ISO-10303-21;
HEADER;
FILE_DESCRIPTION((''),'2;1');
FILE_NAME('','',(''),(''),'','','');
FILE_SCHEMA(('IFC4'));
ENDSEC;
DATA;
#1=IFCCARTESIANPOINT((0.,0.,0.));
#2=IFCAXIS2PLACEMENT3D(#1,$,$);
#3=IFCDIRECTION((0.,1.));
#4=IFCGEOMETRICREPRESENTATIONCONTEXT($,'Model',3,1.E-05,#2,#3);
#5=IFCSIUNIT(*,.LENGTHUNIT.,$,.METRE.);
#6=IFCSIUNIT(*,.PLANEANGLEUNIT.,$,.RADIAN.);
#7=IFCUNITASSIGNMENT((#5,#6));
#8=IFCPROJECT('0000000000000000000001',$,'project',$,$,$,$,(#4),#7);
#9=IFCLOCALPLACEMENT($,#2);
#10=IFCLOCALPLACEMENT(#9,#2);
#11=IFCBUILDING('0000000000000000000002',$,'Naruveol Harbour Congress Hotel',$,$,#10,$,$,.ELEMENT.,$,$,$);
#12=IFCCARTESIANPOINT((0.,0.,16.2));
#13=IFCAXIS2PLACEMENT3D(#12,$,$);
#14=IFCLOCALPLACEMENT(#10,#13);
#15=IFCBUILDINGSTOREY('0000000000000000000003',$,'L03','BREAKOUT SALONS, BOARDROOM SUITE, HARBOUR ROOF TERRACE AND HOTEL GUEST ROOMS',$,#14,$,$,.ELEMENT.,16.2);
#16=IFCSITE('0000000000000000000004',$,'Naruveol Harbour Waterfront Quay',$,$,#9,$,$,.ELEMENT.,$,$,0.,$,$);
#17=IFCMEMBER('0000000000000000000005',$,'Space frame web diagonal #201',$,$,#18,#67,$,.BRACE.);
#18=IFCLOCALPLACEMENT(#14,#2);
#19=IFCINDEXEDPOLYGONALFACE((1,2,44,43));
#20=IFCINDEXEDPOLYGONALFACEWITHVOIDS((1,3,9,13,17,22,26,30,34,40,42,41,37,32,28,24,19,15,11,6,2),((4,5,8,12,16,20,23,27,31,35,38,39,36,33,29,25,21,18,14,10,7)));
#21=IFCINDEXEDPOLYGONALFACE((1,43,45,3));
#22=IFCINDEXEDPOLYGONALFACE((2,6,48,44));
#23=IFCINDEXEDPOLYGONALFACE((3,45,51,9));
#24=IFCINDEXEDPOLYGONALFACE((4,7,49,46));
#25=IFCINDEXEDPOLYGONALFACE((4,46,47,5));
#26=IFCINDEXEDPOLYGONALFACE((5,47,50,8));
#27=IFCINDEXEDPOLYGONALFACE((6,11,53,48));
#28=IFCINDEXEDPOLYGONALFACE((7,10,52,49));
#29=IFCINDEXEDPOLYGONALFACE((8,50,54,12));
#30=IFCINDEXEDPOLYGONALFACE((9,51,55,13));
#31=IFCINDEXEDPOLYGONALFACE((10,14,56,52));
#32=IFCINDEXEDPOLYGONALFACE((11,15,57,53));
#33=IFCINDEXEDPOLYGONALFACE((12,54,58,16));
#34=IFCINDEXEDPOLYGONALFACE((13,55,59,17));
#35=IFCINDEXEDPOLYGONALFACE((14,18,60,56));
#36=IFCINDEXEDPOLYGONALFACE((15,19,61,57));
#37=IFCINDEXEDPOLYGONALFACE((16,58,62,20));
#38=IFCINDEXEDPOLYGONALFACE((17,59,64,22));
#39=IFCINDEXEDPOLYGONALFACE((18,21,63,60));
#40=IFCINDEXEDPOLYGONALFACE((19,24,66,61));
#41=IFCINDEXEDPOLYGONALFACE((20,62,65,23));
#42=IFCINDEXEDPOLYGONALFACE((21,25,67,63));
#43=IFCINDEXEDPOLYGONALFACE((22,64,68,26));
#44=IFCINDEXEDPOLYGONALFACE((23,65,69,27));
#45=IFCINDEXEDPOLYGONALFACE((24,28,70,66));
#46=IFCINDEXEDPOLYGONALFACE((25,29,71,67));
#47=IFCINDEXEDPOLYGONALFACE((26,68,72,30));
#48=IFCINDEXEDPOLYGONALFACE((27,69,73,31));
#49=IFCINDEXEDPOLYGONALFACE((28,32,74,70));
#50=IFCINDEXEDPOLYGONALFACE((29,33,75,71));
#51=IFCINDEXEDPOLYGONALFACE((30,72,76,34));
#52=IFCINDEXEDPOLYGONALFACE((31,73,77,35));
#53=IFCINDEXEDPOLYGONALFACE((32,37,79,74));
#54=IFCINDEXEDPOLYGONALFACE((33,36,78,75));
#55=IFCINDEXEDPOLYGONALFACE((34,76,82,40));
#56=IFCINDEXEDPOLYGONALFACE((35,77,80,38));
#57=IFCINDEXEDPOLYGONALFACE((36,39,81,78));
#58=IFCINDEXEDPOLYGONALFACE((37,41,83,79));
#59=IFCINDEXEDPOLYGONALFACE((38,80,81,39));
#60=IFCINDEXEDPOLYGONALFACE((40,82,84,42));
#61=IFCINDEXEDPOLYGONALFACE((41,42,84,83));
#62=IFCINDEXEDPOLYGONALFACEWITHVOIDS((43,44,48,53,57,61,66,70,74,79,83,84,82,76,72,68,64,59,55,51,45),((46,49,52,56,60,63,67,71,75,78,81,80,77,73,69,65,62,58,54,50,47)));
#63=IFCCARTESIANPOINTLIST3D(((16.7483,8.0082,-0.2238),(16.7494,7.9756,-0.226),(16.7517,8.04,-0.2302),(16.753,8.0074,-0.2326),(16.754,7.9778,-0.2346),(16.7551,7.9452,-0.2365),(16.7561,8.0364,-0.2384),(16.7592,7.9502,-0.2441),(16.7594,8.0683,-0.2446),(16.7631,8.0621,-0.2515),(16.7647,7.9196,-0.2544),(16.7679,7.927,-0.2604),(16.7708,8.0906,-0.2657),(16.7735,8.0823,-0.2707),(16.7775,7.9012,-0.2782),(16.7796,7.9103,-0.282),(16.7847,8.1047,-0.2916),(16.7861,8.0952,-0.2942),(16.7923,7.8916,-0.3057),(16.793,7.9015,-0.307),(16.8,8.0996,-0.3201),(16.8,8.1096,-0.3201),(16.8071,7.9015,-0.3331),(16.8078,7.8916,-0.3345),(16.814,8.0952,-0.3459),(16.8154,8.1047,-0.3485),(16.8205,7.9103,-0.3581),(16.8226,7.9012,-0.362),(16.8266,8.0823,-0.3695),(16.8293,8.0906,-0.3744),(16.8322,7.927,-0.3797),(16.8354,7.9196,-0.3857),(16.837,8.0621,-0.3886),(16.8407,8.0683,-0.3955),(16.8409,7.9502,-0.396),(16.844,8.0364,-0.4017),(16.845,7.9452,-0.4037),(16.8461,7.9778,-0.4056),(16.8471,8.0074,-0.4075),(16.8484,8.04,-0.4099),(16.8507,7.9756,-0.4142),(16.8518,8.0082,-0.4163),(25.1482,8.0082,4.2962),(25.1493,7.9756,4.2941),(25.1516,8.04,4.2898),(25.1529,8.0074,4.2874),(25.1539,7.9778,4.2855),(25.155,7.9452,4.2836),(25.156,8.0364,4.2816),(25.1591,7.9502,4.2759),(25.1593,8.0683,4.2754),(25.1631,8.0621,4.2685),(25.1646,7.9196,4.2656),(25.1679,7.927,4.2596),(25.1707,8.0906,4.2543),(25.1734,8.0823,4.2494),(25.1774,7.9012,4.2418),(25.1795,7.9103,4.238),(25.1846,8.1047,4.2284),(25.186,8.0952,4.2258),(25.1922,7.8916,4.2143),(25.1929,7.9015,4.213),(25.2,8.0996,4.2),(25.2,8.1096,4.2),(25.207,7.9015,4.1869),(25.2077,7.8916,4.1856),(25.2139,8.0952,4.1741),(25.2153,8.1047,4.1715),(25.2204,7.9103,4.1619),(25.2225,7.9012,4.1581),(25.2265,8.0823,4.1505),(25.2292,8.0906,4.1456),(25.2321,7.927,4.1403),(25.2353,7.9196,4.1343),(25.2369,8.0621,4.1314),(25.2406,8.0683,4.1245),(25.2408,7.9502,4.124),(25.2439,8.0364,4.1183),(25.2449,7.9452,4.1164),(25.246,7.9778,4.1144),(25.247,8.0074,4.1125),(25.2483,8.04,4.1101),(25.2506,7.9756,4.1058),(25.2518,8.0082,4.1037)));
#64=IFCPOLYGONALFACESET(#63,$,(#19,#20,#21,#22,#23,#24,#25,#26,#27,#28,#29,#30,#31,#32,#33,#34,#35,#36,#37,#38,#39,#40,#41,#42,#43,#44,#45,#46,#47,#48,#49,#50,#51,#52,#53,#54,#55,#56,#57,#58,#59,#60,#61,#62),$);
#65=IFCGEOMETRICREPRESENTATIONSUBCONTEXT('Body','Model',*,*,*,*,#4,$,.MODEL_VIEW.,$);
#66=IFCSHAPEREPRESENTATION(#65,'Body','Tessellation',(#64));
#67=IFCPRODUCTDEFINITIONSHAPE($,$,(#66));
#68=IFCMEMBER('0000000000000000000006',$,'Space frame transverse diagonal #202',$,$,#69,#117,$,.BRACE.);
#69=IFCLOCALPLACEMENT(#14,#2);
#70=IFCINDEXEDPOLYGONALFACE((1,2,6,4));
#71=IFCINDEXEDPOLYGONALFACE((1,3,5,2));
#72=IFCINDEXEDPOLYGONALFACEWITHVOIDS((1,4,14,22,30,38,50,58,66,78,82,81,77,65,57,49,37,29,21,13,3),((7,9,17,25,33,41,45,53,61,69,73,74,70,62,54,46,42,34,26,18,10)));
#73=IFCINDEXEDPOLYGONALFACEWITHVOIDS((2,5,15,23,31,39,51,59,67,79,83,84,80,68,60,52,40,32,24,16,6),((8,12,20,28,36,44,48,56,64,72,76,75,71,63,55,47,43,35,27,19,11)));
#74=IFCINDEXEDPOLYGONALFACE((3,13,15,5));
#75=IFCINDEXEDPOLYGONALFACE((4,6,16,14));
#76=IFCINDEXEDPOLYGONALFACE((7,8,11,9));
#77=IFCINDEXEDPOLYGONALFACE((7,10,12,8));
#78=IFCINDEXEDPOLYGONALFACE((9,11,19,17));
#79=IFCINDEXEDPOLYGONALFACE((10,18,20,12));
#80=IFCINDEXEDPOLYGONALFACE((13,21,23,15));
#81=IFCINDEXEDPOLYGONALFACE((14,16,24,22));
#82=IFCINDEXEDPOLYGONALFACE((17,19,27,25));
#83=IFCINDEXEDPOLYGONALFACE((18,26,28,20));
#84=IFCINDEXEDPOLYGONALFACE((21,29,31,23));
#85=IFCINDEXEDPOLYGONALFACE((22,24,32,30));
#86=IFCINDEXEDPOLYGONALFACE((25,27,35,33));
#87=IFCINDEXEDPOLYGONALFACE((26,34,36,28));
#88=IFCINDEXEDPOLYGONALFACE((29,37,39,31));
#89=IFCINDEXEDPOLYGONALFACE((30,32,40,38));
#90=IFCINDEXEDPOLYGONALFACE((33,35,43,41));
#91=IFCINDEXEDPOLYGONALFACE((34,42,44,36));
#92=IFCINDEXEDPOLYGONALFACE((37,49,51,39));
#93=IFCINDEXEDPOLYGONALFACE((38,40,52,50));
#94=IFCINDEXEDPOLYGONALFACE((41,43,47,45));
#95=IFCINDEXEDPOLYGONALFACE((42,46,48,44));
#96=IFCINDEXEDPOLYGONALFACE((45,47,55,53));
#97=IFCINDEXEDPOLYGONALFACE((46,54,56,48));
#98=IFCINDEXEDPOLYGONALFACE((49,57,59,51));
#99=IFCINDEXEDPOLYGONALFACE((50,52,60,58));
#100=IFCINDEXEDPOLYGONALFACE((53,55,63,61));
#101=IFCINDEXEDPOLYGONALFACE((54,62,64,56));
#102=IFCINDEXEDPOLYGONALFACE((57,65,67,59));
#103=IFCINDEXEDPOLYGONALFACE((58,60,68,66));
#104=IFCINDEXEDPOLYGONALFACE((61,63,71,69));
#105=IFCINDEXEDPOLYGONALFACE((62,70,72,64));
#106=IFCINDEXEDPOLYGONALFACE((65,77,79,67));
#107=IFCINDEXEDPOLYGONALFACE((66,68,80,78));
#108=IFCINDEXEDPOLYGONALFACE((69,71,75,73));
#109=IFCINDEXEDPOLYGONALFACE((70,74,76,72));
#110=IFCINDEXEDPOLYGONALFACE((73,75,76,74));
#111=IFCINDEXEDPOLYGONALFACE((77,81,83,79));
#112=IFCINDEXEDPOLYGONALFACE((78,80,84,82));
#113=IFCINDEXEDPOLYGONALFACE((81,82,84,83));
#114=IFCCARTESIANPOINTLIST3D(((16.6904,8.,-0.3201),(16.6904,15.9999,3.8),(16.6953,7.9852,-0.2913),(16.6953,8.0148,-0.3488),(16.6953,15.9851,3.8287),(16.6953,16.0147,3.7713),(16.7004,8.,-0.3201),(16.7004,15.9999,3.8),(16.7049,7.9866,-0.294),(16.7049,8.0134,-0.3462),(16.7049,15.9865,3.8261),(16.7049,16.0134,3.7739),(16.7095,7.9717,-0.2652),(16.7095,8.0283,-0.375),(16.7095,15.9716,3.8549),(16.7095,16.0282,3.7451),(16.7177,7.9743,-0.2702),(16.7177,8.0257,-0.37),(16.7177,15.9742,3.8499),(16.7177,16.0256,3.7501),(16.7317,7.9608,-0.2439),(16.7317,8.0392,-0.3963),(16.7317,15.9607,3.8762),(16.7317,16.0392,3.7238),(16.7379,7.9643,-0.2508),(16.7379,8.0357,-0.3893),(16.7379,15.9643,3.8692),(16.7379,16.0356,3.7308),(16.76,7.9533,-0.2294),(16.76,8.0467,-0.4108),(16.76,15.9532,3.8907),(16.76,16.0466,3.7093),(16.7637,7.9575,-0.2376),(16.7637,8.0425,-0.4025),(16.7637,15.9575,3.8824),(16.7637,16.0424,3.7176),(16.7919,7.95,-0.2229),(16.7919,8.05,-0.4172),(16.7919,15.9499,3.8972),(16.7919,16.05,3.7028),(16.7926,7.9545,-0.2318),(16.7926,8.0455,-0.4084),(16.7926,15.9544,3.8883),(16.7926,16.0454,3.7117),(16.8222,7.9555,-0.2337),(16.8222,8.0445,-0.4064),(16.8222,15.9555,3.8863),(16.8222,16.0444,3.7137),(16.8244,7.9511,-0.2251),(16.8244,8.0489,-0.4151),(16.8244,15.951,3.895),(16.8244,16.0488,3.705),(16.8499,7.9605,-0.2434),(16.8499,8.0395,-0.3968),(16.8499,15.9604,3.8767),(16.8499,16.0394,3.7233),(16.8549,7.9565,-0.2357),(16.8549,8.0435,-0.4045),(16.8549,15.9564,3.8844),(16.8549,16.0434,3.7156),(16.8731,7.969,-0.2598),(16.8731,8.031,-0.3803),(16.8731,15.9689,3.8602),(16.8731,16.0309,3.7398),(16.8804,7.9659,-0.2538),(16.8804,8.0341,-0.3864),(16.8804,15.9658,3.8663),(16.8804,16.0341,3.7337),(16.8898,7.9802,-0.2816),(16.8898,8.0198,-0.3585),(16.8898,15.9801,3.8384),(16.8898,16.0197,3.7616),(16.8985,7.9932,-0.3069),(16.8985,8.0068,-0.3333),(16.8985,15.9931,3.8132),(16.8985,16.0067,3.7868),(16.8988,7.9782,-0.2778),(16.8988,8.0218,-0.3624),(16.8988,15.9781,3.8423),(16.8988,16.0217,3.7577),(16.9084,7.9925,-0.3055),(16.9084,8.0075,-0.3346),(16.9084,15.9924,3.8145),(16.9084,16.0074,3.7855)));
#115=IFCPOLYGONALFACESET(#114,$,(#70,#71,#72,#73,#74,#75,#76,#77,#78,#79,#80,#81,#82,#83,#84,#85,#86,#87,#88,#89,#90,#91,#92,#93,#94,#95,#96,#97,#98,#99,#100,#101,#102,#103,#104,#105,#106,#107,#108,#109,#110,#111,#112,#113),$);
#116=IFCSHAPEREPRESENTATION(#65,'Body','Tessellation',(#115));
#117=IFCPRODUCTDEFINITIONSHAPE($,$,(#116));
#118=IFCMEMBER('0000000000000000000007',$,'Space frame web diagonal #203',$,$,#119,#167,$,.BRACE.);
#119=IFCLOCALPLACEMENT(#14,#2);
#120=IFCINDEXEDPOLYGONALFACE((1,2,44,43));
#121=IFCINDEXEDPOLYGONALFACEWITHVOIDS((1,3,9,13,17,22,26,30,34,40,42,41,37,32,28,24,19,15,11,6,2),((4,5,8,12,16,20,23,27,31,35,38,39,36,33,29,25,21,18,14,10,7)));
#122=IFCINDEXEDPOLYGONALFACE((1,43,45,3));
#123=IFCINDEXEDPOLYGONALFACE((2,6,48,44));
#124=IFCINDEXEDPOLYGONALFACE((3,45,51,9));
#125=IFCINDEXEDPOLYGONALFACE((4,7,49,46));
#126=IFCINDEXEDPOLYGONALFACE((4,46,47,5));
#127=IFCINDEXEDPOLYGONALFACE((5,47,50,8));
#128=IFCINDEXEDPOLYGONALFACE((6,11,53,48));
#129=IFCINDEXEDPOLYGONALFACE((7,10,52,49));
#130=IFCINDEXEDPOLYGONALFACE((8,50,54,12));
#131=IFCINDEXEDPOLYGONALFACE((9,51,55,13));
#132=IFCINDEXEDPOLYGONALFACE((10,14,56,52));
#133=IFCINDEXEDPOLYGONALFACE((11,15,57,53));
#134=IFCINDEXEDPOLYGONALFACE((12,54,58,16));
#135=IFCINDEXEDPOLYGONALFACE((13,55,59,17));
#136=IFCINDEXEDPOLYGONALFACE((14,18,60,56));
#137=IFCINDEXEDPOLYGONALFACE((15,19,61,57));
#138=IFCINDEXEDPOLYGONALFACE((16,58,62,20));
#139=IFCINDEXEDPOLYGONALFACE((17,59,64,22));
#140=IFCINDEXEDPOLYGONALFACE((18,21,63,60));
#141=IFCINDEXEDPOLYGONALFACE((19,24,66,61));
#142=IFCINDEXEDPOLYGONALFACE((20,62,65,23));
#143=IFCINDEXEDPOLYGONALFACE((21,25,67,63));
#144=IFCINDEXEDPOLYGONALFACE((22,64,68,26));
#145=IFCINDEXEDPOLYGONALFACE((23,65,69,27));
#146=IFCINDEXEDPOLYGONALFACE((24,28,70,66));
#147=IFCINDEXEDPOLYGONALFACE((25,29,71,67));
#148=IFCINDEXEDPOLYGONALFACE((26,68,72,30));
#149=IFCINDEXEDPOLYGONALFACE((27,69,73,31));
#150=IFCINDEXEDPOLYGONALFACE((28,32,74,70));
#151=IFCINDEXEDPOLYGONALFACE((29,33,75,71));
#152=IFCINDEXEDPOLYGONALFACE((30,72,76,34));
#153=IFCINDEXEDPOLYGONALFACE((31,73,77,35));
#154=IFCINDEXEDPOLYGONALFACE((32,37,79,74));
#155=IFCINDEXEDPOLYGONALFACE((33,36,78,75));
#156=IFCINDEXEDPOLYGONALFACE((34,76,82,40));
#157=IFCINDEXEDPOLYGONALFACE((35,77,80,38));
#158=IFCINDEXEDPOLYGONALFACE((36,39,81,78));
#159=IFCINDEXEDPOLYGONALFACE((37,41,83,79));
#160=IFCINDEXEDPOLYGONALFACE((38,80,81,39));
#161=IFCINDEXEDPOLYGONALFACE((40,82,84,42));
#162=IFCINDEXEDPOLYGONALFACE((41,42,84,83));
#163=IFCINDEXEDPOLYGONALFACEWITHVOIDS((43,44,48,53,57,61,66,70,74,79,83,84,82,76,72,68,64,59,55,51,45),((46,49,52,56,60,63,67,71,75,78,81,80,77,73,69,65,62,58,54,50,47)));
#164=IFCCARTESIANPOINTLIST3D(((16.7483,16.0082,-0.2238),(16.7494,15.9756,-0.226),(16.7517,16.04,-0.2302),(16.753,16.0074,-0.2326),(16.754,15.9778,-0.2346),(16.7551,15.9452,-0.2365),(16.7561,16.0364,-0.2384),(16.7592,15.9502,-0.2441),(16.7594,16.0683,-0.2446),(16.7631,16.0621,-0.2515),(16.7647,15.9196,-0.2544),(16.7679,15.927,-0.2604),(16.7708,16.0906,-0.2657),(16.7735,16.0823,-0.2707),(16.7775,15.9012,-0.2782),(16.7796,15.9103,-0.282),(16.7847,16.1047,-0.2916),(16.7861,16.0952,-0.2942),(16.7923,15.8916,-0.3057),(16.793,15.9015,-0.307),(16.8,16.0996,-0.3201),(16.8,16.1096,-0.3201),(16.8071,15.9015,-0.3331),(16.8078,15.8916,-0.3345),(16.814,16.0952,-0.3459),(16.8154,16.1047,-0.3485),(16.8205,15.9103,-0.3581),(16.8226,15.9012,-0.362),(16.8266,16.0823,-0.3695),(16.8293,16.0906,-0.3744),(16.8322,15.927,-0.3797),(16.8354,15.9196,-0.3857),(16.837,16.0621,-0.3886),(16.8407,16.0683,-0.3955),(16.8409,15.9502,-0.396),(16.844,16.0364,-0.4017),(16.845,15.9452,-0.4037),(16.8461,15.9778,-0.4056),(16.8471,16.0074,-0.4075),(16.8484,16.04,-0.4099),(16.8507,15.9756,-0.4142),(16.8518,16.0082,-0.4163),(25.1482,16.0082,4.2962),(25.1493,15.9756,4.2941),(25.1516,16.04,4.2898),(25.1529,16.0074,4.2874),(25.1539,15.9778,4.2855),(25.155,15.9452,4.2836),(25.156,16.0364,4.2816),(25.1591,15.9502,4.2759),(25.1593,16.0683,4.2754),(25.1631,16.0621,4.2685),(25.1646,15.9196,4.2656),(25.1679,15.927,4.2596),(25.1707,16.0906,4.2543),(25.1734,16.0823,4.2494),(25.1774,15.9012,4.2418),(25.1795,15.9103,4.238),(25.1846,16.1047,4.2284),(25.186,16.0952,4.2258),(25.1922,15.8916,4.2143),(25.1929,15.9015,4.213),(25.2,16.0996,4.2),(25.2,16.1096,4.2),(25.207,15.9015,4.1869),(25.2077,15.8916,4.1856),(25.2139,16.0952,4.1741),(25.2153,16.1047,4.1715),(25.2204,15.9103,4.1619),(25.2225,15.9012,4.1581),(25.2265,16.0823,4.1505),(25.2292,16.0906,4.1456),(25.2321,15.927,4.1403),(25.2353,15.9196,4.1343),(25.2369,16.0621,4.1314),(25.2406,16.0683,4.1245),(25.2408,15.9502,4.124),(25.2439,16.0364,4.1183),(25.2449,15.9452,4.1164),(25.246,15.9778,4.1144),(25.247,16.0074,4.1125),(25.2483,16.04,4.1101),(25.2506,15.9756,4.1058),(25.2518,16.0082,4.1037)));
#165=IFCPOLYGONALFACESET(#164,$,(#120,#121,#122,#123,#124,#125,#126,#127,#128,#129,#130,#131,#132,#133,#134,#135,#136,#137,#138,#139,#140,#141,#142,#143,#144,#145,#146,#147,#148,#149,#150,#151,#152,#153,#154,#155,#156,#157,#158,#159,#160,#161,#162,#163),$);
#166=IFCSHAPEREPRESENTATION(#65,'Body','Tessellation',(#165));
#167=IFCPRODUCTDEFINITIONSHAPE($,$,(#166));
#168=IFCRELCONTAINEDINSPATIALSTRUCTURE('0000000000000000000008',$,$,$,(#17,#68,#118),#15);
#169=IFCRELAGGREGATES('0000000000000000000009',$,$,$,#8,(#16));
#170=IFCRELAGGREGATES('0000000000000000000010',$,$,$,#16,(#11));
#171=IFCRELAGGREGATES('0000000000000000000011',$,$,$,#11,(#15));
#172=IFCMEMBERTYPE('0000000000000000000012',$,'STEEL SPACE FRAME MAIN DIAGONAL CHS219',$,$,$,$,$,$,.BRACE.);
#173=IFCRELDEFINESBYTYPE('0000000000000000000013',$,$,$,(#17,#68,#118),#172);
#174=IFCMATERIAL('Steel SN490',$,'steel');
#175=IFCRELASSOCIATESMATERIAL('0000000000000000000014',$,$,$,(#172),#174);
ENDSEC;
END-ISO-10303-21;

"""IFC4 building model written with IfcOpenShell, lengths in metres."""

from ifc_helpers import new_model, si_unit, direction, frame, origin, origin_2d, place, context, subcontext, project, spatial, hollow_circle, extrude, material, material_profile, profile_set, type_object, element, save


model = new_model("IFC4")

# Units and contexts
model_context = context("Model", 3, precision=1e-05, world=origin(), true_north=direction((0.0, 1.0)))
body_context = subcontext(model_context, "Body", "Model", "MODEL_VIEW")
ifc_project = project(units=[si_unit("LENGTHUNIT", "METRE"), si_unit("PLANEANGLEUNIT", "RADIAN")], contexts=[model_context])

# Site, building, storey
site_placement = place(None, origin())
site = spatial("IfcSite", under=ifc_project, at=site_placement, Name="Naruveol Harbour Waterfront Quay", CompositionType="ELEMENT", RefElevation=0.0)
building_placement = place(site_placement, origin())
building = spatial("IfcBuilding", under=site, at=building_placement, Name="Naruveol Harbour Congress Hotel", CompositionType="ELEMENT")
storey_placement = place(building_placement, frame((0.0, 0.0, 16.2)))
storey = spatial("IfcBuildingStorey", under=building, at=storey_placement, Name="L03", Description="BREAKOUT SALONS, BOARDROOM SUITE, HARBOUR ROOF TERRACE AND HOTEL GUEST ROOMS", CompositionType="ELEMENT", Elevation=16.2)

# Members
ifc_material_1 = material(Name="Steel SN490", Category="steel")
ifc_material_profile_1 = material_profile(ifc_material_1, hollow_circle(Radius=0.1096, WallThickness=0.01, at=origin_2d()), Name="CHS-219.1x10")
ifc_profile_set_1 = profile_set([ifc_material_profile_1], Name="Steel SN490")
member_type_1 = type_object("IfcMemberType", Name="STEEL SPACE FRAME MAIN DIAGONAL CHS219", PredefinedType="BRACE", material=ifc_profile_set_1)
member_1_placement = place(storey_placement, frame((16.8, 8.0, -0.3201), z_axis=(0.880603, 0.0, 0.473856), x_axis=(0.0, 1.0, 0.0)))
element("IfcMember", 1, at=member_1_placement, inside=storey, type_object=member_type_1, Name="Space frame web diagonal #201", PredefinedType="BRACE", context=body_context, shape_type="SweptSolid", body=[
    extrude(hollow_circle(Radius=0.1096, WallThickness=0.01, at=origin_2d()), origin(), (0.0, 0.0, 1.0), 9.5388),
])
member_2_placement = place(storey_placement, frame((16.8, 8.0, -0.3201), z_axis=(0.0, 0.889024, 0.45786), x_axis=(-1.0, 0.0, 0.0)))
element("IfcMember", 2, at=member_2_placement, inside=storey, type_object=member_type_1, Name="Space frame transverse diagonal #202", PredefinedType="BRACE", context=body_context, shape_type="SweptSolid", body=[
    extrude(hollow_circle(Radius=0.1096, WallThickness=0.01, at=origin_2d()), origin(), (0.0, 0.0, 1.0), 8.9985),
])
member_3_placement = place(storey_placement, frame((16.8, 16.0, -0.3201), z_axis=(0.880603, 0.0, 0.473856), x_axis=(0.0, 1.0, 0.0)))
element("IfcMember", 3, at=member_3_placement, inside=storey, type_object=member_type_1, Name="Space frame web diagonal #203", PredefinedType="BRACE", context=body_context, shape_type="SweptSolid", body=[
    extrude(hollow_circle(Radius=0.1096, WallThickness=0.01, at=origin_2d()), origin(), (0.0, 0.0, 1.0), 9.5388),
])

save(model, "model.ifc")
